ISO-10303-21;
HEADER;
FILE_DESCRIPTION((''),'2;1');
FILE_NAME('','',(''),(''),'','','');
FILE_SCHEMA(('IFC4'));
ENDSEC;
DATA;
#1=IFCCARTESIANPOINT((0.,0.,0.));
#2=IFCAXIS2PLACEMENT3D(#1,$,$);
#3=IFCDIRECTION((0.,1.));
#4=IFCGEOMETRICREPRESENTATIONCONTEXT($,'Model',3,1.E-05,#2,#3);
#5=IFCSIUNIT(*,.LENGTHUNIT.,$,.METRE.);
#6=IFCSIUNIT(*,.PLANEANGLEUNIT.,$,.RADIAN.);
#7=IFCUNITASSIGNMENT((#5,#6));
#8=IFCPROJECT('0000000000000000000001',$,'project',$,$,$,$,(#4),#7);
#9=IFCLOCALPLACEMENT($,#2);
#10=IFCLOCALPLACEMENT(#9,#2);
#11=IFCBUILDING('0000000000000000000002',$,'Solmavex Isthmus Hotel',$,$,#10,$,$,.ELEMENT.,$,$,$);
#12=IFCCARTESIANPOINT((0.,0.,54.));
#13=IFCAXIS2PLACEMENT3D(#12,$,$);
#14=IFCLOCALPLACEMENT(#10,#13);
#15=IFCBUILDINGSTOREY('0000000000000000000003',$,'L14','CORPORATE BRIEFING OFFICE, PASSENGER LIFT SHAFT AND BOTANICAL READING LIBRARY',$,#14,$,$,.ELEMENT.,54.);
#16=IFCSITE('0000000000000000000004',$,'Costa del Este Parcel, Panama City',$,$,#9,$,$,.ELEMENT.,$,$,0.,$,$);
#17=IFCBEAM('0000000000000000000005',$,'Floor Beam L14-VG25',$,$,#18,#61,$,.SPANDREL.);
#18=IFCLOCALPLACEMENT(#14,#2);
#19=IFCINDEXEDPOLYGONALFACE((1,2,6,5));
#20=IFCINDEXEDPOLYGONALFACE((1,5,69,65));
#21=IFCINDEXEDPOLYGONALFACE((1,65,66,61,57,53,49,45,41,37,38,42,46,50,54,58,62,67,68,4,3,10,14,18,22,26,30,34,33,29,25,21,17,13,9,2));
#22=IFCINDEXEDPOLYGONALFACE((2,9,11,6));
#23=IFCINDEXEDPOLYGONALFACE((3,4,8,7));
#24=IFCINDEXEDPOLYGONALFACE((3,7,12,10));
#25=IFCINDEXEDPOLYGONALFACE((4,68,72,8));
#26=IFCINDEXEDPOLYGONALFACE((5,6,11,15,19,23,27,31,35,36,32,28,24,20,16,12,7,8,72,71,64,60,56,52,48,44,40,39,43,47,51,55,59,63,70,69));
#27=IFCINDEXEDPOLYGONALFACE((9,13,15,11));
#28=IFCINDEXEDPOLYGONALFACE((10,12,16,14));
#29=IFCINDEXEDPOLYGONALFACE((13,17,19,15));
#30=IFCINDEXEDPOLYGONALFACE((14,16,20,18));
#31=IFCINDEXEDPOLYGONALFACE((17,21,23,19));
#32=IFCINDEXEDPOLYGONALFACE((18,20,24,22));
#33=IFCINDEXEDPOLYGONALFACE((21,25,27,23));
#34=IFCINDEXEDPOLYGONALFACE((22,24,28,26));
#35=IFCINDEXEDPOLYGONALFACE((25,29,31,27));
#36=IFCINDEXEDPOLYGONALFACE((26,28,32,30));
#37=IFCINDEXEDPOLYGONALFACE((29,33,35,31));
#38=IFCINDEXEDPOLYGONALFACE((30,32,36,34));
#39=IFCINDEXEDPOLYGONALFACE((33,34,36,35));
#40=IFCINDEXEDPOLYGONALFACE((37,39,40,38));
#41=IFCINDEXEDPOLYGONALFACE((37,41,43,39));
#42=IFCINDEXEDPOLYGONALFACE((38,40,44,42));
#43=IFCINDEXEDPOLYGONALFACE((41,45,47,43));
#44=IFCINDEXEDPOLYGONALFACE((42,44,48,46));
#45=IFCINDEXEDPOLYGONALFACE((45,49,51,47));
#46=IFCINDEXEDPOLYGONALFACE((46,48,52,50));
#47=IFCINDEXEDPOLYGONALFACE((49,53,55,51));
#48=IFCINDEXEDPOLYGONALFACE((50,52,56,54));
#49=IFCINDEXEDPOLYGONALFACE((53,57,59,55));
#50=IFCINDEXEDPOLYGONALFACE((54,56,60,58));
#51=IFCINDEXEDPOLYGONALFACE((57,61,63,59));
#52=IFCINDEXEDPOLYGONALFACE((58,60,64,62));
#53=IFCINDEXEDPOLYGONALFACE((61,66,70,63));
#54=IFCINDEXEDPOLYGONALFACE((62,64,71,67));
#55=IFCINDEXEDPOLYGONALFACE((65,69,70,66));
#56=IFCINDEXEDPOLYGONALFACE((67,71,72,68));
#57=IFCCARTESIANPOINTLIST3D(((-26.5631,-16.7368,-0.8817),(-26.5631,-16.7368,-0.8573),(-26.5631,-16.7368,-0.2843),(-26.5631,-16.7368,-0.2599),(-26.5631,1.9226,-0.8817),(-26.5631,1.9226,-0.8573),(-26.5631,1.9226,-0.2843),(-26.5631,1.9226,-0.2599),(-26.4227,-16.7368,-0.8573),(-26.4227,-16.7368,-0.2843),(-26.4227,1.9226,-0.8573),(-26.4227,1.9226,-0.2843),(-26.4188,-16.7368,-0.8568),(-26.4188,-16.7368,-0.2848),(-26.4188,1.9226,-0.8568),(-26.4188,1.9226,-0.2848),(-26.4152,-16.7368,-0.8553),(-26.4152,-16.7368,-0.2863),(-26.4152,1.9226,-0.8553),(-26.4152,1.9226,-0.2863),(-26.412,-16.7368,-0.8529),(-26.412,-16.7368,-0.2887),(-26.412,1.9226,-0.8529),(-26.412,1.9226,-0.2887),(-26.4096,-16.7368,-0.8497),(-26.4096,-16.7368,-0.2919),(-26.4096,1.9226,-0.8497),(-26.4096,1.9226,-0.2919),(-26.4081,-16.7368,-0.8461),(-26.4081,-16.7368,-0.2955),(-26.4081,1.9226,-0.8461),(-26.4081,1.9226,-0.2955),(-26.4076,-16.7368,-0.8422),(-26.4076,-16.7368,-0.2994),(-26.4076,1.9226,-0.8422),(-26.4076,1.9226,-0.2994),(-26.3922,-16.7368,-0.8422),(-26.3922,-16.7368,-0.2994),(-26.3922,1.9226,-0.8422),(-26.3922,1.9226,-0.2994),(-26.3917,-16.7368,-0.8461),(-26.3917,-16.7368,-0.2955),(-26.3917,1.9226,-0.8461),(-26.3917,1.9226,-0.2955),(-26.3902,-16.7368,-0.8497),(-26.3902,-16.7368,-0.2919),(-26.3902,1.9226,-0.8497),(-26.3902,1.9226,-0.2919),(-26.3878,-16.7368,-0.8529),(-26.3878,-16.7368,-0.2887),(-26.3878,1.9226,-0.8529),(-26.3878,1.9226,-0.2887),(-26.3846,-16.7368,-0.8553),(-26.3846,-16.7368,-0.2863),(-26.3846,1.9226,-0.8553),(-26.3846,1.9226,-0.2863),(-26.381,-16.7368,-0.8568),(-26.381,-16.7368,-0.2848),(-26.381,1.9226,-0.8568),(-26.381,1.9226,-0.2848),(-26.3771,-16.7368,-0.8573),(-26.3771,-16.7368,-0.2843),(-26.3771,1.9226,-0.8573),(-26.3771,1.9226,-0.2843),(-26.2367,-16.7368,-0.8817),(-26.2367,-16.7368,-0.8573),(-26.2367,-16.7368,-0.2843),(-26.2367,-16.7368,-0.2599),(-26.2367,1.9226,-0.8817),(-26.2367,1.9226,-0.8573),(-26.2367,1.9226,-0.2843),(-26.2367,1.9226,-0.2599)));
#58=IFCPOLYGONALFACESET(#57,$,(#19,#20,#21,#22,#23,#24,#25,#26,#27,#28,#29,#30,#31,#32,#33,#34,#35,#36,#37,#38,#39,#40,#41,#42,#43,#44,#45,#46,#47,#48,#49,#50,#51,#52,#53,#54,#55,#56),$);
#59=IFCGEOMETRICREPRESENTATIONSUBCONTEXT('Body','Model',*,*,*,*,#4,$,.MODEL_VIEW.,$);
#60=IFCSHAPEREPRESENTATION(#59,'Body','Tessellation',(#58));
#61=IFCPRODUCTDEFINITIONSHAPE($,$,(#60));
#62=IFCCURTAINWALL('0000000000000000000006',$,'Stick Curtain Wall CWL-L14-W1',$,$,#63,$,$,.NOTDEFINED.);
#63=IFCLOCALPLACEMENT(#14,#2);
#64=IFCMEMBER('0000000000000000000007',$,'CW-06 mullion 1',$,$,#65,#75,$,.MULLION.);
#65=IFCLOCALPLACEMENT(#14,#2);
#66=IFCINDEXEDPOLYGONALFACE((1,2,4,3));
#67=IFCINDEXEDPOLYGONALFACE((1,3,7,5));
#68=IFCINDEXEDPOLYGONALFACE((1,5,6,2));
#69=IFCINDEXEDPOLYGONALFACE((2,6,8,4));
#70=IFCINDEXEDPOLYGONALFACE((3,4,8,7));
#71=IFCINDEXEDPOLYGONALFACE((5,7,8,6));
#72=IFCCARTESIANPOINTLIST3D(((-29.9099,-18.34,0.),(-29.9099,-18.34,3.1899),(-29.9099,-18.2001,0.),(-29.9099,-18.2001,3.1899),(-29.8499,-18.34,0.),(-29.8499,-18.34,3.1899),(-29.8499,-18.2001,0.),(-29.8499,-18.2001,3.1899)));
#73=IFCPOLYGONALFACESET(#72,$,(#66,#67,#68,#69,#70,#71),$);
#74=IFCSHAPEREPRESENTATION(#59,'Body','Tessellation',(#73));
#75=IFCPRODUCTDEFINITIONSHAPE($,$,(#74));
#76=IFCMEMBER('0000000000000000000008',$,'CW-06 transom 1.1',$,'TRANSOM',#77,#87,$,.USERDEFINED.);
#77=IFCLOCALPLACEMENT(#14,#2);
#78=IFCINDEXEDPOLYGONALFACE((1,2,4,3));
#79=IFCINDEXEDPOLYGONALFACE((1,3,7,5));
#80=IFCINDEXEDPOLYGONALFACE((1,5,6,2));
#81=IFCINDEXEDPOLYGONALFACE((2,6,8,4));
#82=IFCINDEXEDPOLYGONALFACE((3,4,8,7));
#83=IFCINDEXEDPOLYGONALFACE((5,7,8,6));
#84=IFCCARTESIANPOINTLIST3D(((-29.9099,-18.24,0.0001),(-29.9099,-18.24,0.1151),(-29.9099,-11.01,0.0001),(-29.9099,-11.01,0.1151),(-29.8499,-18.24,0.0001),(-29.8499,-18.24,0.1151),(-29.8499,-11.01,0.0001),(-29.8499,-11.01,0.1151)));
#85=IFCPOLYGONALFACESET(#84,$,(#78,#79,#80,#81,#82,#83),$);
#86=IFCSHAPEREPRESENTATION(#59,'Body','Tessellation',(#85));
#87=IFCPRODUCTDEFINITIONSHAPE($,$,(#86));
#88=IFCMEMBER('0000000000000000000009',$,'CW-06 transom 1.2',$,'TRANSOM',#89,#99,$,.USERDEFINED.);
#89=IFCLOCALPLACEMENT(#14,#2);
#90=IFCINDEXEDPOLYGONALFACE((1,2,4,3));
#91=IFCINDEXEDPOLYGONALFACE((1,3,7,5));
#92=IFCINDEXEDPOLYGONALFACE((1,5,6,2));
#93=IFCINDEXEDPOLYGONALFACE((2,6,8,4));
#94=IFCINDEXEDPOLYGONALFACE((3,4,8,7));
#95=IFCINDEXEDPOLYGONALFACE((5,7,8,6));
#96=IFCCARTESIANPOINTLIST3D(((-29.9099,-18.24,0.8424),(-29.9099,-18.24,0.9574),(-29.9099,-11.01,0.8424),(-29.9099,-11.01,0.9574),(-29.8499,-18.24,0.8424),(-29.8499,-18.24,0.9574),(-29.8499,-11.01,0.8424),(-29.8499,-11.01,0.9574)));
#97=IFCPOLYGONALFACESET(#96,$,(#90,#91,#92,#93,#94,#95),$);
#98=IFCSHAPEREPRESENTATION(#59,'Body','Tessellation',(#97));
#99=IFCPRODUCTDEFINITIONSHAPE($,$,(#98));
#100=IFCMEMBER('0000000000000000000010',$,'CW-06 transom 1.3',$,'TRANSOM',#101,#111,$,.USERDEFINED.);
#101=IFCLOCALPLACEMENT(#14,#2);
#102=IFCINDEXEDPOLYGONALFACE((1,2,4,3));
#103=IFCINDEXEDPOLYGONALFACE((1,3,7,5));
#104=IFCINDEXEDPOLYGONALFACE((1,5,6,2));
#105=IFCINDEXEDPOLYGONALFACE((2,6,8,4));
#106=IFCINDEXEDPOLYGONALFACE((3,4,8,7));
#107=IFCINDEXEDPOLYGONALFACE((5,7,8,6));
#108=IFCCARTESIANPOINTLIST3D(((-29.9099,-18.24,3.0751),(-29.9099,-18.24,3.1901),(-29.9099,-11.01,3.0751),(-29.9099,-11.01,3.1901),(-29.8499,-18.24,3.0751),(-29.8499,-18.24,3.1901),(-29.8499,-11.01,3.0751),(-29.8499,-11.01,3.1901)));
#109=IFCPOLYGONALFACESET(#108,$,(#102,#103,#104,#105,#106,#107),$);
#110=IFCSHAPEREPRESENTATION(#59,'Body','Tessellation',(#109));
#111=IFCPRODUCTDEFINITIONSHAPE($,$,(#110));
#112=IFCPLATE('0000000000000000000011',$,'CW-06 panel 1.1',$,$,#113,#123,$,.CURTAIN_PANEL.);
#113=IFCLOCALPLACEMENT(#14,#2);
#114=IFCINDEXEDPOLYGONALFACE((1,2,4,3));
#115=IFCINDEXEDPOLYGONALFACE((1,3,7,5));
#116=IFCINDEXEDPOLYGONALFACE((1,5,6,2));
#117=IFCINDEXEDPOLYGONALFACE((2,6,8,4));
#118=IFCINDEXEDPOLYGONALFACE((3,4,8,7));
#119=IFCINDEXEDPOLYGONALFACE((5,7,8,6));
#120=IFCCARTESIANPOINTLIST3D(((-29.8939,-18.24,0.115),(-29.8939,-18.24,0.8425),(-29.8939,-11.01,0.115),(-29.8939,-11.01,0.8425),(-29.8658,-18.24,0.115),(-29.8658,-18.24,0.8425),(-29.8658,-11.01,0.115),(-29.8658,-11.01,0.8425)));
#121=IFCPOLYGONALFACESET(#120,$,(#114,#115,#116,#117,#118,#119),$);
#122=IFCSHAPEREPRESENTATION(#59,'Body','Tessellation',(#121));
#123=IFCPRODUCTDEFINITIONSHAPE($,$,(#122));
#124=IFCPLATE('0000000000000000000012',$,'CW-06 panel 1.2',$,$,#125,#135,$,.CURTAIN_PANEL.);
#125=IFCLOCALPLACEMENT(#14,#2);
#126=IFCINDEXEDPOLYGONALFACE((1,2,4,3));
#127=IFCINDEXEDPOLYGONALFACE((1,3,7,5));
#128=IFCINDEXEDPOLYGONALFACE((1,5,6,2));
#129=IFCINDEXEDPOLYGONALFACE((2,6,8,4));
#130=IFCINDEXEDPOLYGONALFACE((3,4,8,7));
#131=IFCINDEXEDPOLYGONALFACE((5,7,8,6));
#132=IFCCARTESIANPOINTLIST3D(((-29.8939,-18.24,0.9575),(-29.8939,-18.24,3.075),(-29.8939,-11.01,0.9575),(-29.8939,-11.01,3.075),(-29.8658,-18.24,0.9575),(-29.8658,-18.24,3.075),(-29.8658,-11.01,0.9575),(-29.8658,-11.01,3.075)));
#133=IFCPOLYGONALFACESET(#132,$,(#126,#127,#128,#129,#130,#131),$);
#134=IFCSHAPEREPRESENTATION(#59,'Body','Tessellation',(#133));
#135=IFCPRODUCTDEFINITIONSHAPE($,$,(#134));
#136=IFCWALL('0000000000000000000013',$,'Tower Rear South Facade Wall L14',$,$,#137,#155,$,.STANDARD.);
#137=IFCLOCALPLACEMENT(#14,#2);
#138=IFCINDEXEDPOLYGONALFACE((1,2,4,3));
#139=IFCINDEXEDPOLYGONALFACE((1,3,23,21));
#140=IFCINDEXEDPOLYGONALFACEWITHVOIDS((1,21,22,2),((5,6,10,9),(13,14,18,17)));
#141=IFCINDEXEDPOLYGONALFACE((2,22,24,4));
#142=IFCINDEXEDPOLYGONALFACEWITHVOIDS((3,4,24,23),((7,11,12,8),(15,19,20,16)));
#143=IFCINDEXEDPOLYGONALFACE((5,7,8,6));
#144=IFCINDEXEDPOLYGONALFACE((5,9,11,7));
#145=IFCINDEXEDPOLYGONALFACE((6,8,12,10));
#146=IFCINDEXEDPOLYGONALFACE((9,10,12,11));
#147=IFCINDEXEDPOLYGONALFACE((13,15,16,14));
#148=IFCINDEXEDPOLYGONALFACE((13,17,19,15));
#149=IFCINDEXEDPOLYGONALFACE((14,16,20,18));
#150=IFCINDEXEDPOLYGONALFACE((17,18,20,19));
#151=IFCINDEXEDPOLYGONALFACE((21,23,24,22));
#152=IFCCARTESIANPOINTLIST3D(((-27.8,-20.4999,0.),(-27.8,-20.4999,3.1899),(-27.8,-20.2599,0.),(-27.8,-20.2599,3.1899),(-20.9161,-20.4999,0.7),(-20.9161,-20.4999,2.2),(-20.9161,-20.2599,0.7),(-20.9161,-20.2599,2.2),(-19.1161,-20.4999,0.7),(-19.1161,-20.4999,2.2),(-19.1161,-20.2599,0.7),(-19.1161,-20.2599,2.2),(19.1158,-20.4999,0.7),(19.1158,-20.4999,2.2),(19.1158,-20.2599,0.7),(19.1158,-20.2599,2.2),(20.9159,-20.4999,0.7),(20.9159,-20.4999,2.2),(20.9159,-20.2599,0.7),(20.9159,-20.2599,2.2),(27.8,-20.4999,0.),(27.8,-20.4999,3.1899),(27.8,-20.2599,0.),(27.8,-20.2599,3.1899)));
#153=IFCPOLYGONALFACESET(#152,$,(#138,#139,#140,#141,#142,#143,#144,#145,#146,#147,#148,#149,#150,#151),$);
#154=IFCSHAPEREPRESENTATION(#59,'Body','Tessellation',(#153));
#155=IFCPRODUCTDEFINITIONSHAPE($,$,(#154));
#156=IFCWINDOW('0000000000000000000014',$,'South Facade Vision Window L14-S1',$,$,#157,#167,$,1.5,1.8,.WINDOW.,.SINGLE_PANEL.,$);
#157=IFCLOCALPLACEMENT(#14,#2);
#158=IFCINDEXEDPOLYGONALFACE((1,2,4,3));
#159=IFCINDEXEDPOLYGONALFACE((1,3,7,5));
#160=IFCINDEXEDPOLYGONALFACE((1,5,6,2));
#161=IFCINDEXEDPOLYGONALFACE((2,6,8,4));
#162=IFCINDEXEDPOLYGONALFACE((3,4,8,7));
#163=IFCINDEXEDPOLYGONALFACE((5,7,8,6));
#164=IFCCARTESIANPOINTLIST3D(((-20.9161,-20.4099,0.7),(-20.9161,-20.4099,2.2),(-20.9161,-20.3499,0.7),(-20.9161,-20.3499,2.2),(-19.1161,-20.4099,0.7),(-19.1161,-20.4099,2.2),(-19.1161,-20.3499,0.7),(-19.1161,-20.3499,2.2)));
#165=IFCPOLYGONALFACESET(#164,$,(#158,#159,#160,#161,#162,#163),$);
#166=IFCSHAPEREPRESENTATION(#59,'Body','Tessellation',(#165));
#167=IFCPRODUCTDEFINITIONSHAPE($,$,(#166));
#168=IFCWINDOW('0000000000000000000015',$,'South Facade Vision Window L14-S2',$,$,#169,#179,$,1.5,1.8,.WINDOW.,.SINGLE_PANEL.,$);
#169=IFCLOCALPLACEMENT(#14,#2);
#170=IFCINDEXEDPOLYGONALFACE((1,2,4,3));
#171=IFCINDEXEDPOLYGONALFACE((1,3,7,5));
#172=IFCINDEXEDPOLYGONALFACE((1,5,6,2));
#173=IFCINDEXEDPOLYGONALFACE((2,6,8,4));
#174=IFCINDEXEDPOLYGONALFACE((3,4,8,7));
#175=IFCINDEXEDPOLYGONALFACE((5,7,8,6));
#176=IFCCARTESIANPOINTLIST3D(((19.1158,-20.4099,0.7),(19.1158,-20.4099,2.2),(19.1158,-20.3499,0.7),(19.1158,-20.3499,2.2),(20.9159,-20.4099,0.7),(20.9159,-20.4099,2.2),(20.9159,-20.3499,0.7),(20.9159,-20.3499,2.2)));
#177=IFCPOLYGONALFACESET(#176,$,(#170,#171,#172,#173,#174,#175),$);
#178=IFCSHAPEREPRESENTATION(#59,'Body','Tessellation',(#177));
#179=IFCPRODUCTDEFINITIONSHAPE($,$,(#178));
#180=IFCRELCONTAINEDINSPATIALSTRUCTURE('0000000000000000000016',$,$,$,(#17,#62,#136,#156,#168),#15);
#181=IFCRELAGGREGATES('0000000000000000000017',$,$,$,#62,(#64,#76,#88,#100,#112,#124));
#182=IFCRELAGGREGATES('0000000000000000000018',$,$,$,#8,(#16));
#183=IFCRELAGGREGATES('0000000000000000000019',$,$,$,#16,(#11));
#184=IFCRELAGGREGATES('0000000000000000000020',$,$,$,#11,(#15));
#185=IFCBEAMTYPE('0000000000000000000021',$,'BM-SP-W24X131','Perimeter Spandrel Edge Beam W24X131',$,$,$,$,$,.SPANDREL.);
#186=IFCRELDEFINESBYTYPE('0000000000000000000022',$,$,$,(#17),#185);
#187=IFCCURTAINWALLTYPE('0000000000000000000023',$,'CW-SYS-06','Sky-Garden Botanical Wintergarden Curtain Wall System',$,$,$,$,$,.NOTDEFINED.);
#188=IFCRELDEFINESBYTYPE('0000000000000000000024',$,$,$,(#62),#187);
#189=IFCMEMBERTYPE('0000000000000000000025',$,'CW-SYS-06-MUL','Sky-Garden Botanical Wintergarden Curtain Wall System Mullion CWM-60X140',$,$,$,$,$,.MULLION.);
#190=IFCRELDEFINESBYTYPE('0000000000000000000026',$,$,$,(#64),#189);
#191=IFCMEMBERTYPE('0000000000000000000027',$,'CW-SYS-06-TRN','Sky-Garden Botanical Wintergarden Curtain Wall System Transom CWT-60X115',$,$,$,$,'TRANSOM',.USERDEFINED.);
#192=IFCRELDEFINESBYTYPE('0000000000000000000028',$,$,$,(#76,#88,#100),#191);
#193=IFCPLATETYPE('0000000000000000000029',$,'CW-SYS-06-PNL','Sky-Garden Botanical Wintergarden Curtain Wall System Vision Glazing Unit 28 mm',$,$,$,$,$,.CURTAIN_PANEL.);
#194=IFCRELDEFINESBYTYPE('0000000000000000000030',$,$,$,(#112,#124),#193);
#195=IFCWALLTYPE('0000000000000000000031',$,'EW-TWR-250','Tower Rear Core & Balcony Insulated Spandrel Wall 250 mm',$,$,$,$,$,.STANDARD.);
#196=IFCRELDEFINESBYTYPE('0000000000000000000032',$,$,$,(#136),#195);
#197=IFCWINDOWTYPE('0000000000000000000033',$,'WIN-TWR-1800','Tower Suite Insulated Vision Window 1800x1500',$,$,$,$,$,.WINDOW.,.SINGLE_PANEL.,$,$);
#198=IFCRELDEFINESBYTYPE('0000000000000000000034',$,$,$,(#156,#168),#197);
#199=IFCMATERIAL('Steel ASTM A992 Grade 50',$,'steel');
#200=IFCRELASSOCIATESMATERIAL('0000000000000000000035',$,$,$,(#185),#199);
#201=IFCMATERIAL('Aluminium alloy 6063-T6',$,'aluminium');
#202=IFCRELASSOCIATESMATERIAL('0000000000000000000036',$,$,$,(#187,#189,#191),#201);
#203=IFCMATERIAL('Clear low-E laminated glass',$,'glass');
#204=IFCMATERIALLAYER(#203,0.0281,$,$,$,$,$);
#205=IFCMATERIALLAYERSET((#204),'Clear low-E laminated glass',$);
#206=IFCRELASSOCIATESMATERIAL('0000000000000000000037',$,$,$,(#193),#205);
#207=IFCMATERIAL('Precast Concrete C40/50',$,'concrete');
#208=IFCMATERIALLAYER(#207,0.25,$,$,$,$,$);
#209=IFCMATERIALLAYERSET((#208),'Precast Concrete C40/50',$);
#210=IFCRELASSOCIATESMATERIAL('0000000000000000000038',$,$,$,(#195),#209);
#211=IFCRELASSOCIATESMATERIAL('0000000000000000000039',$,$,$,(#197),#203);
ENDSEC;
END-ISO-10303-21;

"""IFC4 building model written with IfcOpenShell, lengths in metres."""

from ifc_helpers import new_model, si_unit, direction, frame, frame_2d, origin, origin_2d, place, context, subcontext, project, spatial, rectangle, i_section, extrude, material, layer, layer_set, material_profile, profile_set, type_object, element, fill, aggregate, save


model = new_model("IFC4")

# Units and contexts
model_context = context("Model", 3, precision=1e-05, world=origin(), true_north=direction((0.0, 1.0)))
body_context = subcontext(model_context, "Body", "Model", "MODEL_VIEW")
ifc_project = project(units=[si_unit("LENGTHUNIT", "METRE"), si_unit("PLANEANGLEUNIT", "RADIAN")], contexts=[model_context])

# Site, building, storey
site_placement = place(None, origin())
site = spatial("IfcSite", under=ifc_project, at=site_placement, Name="Costa del Este Parcel, Panama City", CompositionType="ELEMENT", RefElevation=0.0)
building_placement = place(site_placement, origin())
building = spatial("IfcBuilding", under=site, at=building_placement, Name="Solmavex Isthmus Hotel", CompositionType="ELEMENT")
storey_placement = place(building_placement, frame((0.0, 0.0, 54.0)))
storey = spatial("IfcBuildingStorey", under=building, at=storey_placement, Name="L14", Description="CORPORATE BRIEFING OFFICE, PASSENGER LIFT SHAFT AND BOTANICAL READING LIBRARY", CompositionType="ELEMENT", Elevation=54.0)

# Beam
ifc_material_1 = material(Name="Steel ASTM A992 Grade 50", Category="steel")
ifc_material_profile_1 = material_profile(ifc_material_1, i_section(OverallWidth=0.3264, OverallDepth=0.6218, WebThickness=0.0154, FlangeThickness=0.0244, FilletRadius=0.0151, at=origin_2d()), Name="W24X131")
ifc_profile_set_1 = profile_set([ifc_material_profile_1], Name="Steel ASTM A992 Grade 50")
beam_type_1 = type_object("IfcBeamType", Name="BM-SP-W24X131", Description="Perimeter Spandrel Edge Beam W24X131", PredefinedType="SPANDREL", material=ifc_profile_set_1)
beam_1_placement = place(storey_placement, frame((-26.3999, -16.7368, -0.5708), z_axis=(0.0, 1.0, 0.0), x_axis=(-1.0, 0.0, 0.0)))
element("IfcBeam", 1, at=beam_1_placement, inside=storey, type_object=beam_type_1, Name="Floor Beam L14-VG25", PredefinedType="SPANDREL", context=body_context, shape_type="SweptSolid", body=[
    extrude(i_section(OverallWidth=0.3264, OverallDepth=0.6218, WebThickness=0.0154, FlangeThickness=0.0244, FilletRadius=0.0151, at=origin_2d()), origin(), (0.0, 0.0, 1.0), 18.6594),
])

# Curtain wall, members, plates
ifc_material_2 = material(Name="Aluminium alloy 6063-T6", Category="aluminium")
curtain_wall_type = type_object("IfcCurtainWallType", Name="CW-SYS-06", Description="Sky-Garden Botanical Wintergarden Curtain Wall System", PredefinedType="NOTDEFINED", material=ifc_material_2)
curtain_wall_placement = place(storey_placement, origin())
curtain_wall = element("IfcCurtainWall", 2, at=curtain_wall_placement, inside=storey, type_object=curtain_wall_type, Name="Stick Curtain Wall CWL-L14-W1", PredefinedType="NOTDEFINED")
ifc_material_profile_2 = material_profile(ifc_material_2, rectangle(XDim=0.0601, YDim=0.1399, at=origin_2d()), Name="CWM-60X140")
ifc_profile_set_2 = profile_set([ifc_material_profile_2], Name="Aluminium alloy 6063-T6")
member_type_1 = type_object("IfcMemberType", Name="CW-SYS-06-MUL", Description="Sky-Garden Botanical Wintergarden Curtain Wall System Mullion CWM-60X140", PredefinedType="MULLION", material=ifc_profile_set_2)
member_1_placement = place(storey_placement, frame((-29.8799, -18.27, 0.0), z_axis=(0.0, 0.0, 1.0), x_axis=(-1.0, 0.0, 0.0)))
member_1 = element("IfcMember", 3, at=member_1_placement, type_object=member_type_1, Name="CW-06 mullion 1", PredefinedType="MULLION", context=body_context, shape_type="SweptSolid", body=[
    extrude(rectangle(XDim=0.0601, YDim=0.1399, at=origin_2d()), origin(), (0.0, 0.0, 1.0), 3.1899),
])
ifc_material_profile_3 = material_profile(ifc_material_2, rectangle(XDim=0.0601, YDim=0.115, at=origin_2d()), Name="CWT-60X115")
ifc_profile_set_3 = profile_set([ifc_material_profile_3], Name="Aluminium alloy 6063-T6")
member_type_2 = type_object("IfcMemberType", Name="CW-SYS-06-TRN", Description="Sky-Garden Botanical Wintergarden Curtain Wall System Transom CWT-60X115", ElementType="TRANSOM", PredefinedType="USERDEFINED", material=ifc_profile_set_3)
member_2_placement = place(storey_placement, frame((-29.8799, -18.24, 0.0576), z_axis=(0.0, 1.0, 0.0), x_axis=(-1.0, 0.0, 0.0)))
member_2 = element("IfcMember", 4, at=member_2_placement, type_object=member_type_2, Name="CW-06 transom 1.1", ObjectType="TRANSOM", PredefinedType="USERDEFINED", context=body_context, shape_type="SweptSolid", body=[
    extrude(rectangle(XDim=0.0601, YDim=0.115, at=origin_2d()), origin(), (0.0, 0.0, 1.0), 7.23),
])
member_3_placement = place(storey_placement, frame((-29.8799, -18.24, 0.8999), z_axis=(0.0, 1.0, 0.0), x_axis=(-1.0, 0.0, 0.0)))
member_3 = element("IfcMember", 5, at=member_3_placement, type_object=member_type_2, Name="CW-06 transom 1.2", ObjectType="TRANSOM", PredefinedType="USERDEFINED", context=body_context, shape_type="SweptSolid", body=[
    extrude(rectangle(XDim=0.0601, YDim=0.115, at=origin_2d()), origin(), (0.0, 0.0, 1.0), 7.23),
])
member_4_placement = place(storey_placement, frame((-29.8799, -18.24, 3.1326), z_axis=(0.0, 1.0, 0.0), x_axis=(-1.0, 0.0, 0.0)))
member_4 = element("IfcMember", 6, at=member_4_placement, type_object=member_type_2, Name="CW-06 transom 1.3", ObjectType="TRANSOM", PredefinedType="USERDEFINED", context=body_context, shape_type="SweptSolid", body=[
    extrude(rectangle(XDim=0.0601, YDim=0.115, at=origin_2d()), origin(), (0.0, 0.0, 1.0), 7.23),
])
ifc_material_3 = material(Name="Clear low-E laminated glass", Category="glass")
ifc_layer_1 = layer(ifc_material_3, 0.0281)
ifc_layer_set_1 = layer_set([ifc_layer_1], Name="Clear low-E laminated glass")
plate_type = type_object("IfcPlateType", Name="CW-SYS-06-PNL", Description="Sky-Garden Botanical Wintergarden Curtain Wall System Vision Glazing Unit 28 mm", PredefinedType="CURTAIN_PANEL", material=ifc_layer_set_1)
plate_1_placement = place(storey_placement, frame((-29.8799, -14.625, 0.115), z_axis=(0.0, 0.0, 1.0), x_axis=(0.0, 1.0, 0.0)))
plate_1 = element("IfcPlate", 7, at=plate_1_placement, type_object=plate_type, Name="CW-06 panel 1.1", PredefinedType="CURTAIN_PANEL", context=body_context, shape_type="SweptSolid", body=[
    extrude(rectangle(XDim=7.23, YDim=0.0281, at=origin_2d()), origin(), (0.0, 0.0, 1.0), 0.7275),
])
plate_2_placement = place(storey_placement, frame((-29.8799, -14.625, 0.9575), z_axis=(0.0, 0.0, 1.0), x_axis=(0.0, 1.0, 0.0)))
plate_2 = element("IfcPlate", 8, at=plate_2_placement, type_object=plate_type, Name="CW-06 panel 1.2", PredefinedType="CURTAIN_PANEL", context=body_context, shape_type="SweptSolid", body=[
    extrude(rectangle(XDim=7.23, YDim=0.0281, at=origin_2d()), origin(), (0.0, 0.0, 1.0), 2.1174),
])
aggregate(curtain_wall, [member_1, member_2, member_3, member_4, plate_1, plate_2])

# Wall, openings, windows
ifc_material_4 = material(Name="Precast Concrete C40/50", Category="concrete")
ifc_layer_2 = layer(ifc_material_4, 0.25)
ifc_layer_set_2 = layer_set([ifc_layer_2], Name="Precast Concrete C40/50")
wall_type_1 = type_object("IfcWallType", Name="EW-TWR-250", Description="Tower Rear Core & Balcony Insulated Spandrel Wall 250 mm", PredefinedType="STANDARD", material=ifc_layer_set_2)
wall_1_placement = place(storey_placement, frame((-27.8, -20.3799, 0.0), z_axis=(0.0, 0.0, 1.0), x_axis=(1.0, 0.0, 0.0)))
wall_1 = element("IfcWall", 9, at=wall_1_placement, inside=storey, type_object=wall_type_1, Name="Tower Rear South Facade Wall L14", PredefinedType="STANDARD", context=body_context, shape_type="SweptSolid", body=[
    extrude(rectangle(XDim=55.6001, YDim=0.24, at=frame_2d((27.8, 0.0))), origin(), (0.0, 0.0, 1.0), 3.1899),
])
opening_1_placement = place(wall_1_placement, frame((6.884, 0.0, 0.7)))
opening_1 = element("IfcOpeningElement", 10, at=opening_1_placement, cuts=wall_1, PredefinedType="OPENING", context=body_context, shape_type="SweptSolid", body=[
    extrude(rectangle(XDim=1.8, YDim=1.5, at=frame_2d((0.8999, 0.75))), frame((0.0, 0.1299, 0.0), z_axis=(0.0, -1.0, 0.0), x_axis=(1.0, 0.0, 0.0)), (0.0, 0.0, 1.0), 0.26),
])
opening_2_placement = place(wall_1_placement, frame((46.916, 0.0, 0.7)))
opening_2 = element("IfcOpeningElement", 11, at=opening_2_placement, cuts=wall_1, PredefinedType="OPENING", context=body_context, shape_type="SweptSolid", body=[
    extrude(rectangle(XDim=1.8, YDim=1.5, at=frame_2d((0.8999, 0.75))), frame((0.0, 0.1299, 0.0), z_axis=(0.0, -1.0, 0.0), x_axis=(1.0, 0.0, 0.0)), (0.0, 0.0, 1.0), 0.26),
])
window_type = type_object("IfcWindowType", Name="WIN-TWR-1800", Description="Tower Suite Insulated Vision Window 1800x1500", PartitioningType="SINGLE_PANEL", PredefinedType="WINDOW", material=ifc_material_3)
window_1_placement = place(opening_1_placement, origin())
window_1 = element("IfcWindow", 12, at=window_1_placement, inside=storey, type_object=window_type, Name="South Facade Vision Window L14-S1", OverallHeight=1.5, OverallWidth=1.8, PartitioningType="SINGLE_PANEL", PredefinedType="WINDOW", context=body_context, shape_type="SweptSolid", body=[
    extrude(rectangle(XDim=1.8, YDim=1.5, at=frame_2d((0.8999, 0.75))), frame((0.0, 0.03, 0.0), z_axis=(0.0, -1.0, 0.0), x_axis=(1.0, 0.0, 0.0)), (0.0, 0.0, 1.0), 0.0601),
])
fill(opening_1, window_1)
window_2_placement = place(opening_2_placement, origin())
window_2 = element("IfcWindow", 13, at=window_2_placement, inside=storey, type_object=window_type, Name="South Facade Vision Window L14-S2", OverallHeight=1.5, OverallWidth=1.8, PartitioningType="SINGLE_PANEL", PredefinedType="WINDOW", context=body_context, shape_type="SweptSolid", body=[
    extrude(rectangle(XDim=1.8, YDim=1.5, at=frame_2d((0.8999, 0.75))), frame((0.0, 0.03, 0.0), z_axis=(0.0, -1.0, 0.0), x_axis=(1.0, 0.0, 0.0)), (0.0, 0.0, 1.0), 0.0601),
])
fill(opening_2, window_2)

save(model, "model.ifc")
